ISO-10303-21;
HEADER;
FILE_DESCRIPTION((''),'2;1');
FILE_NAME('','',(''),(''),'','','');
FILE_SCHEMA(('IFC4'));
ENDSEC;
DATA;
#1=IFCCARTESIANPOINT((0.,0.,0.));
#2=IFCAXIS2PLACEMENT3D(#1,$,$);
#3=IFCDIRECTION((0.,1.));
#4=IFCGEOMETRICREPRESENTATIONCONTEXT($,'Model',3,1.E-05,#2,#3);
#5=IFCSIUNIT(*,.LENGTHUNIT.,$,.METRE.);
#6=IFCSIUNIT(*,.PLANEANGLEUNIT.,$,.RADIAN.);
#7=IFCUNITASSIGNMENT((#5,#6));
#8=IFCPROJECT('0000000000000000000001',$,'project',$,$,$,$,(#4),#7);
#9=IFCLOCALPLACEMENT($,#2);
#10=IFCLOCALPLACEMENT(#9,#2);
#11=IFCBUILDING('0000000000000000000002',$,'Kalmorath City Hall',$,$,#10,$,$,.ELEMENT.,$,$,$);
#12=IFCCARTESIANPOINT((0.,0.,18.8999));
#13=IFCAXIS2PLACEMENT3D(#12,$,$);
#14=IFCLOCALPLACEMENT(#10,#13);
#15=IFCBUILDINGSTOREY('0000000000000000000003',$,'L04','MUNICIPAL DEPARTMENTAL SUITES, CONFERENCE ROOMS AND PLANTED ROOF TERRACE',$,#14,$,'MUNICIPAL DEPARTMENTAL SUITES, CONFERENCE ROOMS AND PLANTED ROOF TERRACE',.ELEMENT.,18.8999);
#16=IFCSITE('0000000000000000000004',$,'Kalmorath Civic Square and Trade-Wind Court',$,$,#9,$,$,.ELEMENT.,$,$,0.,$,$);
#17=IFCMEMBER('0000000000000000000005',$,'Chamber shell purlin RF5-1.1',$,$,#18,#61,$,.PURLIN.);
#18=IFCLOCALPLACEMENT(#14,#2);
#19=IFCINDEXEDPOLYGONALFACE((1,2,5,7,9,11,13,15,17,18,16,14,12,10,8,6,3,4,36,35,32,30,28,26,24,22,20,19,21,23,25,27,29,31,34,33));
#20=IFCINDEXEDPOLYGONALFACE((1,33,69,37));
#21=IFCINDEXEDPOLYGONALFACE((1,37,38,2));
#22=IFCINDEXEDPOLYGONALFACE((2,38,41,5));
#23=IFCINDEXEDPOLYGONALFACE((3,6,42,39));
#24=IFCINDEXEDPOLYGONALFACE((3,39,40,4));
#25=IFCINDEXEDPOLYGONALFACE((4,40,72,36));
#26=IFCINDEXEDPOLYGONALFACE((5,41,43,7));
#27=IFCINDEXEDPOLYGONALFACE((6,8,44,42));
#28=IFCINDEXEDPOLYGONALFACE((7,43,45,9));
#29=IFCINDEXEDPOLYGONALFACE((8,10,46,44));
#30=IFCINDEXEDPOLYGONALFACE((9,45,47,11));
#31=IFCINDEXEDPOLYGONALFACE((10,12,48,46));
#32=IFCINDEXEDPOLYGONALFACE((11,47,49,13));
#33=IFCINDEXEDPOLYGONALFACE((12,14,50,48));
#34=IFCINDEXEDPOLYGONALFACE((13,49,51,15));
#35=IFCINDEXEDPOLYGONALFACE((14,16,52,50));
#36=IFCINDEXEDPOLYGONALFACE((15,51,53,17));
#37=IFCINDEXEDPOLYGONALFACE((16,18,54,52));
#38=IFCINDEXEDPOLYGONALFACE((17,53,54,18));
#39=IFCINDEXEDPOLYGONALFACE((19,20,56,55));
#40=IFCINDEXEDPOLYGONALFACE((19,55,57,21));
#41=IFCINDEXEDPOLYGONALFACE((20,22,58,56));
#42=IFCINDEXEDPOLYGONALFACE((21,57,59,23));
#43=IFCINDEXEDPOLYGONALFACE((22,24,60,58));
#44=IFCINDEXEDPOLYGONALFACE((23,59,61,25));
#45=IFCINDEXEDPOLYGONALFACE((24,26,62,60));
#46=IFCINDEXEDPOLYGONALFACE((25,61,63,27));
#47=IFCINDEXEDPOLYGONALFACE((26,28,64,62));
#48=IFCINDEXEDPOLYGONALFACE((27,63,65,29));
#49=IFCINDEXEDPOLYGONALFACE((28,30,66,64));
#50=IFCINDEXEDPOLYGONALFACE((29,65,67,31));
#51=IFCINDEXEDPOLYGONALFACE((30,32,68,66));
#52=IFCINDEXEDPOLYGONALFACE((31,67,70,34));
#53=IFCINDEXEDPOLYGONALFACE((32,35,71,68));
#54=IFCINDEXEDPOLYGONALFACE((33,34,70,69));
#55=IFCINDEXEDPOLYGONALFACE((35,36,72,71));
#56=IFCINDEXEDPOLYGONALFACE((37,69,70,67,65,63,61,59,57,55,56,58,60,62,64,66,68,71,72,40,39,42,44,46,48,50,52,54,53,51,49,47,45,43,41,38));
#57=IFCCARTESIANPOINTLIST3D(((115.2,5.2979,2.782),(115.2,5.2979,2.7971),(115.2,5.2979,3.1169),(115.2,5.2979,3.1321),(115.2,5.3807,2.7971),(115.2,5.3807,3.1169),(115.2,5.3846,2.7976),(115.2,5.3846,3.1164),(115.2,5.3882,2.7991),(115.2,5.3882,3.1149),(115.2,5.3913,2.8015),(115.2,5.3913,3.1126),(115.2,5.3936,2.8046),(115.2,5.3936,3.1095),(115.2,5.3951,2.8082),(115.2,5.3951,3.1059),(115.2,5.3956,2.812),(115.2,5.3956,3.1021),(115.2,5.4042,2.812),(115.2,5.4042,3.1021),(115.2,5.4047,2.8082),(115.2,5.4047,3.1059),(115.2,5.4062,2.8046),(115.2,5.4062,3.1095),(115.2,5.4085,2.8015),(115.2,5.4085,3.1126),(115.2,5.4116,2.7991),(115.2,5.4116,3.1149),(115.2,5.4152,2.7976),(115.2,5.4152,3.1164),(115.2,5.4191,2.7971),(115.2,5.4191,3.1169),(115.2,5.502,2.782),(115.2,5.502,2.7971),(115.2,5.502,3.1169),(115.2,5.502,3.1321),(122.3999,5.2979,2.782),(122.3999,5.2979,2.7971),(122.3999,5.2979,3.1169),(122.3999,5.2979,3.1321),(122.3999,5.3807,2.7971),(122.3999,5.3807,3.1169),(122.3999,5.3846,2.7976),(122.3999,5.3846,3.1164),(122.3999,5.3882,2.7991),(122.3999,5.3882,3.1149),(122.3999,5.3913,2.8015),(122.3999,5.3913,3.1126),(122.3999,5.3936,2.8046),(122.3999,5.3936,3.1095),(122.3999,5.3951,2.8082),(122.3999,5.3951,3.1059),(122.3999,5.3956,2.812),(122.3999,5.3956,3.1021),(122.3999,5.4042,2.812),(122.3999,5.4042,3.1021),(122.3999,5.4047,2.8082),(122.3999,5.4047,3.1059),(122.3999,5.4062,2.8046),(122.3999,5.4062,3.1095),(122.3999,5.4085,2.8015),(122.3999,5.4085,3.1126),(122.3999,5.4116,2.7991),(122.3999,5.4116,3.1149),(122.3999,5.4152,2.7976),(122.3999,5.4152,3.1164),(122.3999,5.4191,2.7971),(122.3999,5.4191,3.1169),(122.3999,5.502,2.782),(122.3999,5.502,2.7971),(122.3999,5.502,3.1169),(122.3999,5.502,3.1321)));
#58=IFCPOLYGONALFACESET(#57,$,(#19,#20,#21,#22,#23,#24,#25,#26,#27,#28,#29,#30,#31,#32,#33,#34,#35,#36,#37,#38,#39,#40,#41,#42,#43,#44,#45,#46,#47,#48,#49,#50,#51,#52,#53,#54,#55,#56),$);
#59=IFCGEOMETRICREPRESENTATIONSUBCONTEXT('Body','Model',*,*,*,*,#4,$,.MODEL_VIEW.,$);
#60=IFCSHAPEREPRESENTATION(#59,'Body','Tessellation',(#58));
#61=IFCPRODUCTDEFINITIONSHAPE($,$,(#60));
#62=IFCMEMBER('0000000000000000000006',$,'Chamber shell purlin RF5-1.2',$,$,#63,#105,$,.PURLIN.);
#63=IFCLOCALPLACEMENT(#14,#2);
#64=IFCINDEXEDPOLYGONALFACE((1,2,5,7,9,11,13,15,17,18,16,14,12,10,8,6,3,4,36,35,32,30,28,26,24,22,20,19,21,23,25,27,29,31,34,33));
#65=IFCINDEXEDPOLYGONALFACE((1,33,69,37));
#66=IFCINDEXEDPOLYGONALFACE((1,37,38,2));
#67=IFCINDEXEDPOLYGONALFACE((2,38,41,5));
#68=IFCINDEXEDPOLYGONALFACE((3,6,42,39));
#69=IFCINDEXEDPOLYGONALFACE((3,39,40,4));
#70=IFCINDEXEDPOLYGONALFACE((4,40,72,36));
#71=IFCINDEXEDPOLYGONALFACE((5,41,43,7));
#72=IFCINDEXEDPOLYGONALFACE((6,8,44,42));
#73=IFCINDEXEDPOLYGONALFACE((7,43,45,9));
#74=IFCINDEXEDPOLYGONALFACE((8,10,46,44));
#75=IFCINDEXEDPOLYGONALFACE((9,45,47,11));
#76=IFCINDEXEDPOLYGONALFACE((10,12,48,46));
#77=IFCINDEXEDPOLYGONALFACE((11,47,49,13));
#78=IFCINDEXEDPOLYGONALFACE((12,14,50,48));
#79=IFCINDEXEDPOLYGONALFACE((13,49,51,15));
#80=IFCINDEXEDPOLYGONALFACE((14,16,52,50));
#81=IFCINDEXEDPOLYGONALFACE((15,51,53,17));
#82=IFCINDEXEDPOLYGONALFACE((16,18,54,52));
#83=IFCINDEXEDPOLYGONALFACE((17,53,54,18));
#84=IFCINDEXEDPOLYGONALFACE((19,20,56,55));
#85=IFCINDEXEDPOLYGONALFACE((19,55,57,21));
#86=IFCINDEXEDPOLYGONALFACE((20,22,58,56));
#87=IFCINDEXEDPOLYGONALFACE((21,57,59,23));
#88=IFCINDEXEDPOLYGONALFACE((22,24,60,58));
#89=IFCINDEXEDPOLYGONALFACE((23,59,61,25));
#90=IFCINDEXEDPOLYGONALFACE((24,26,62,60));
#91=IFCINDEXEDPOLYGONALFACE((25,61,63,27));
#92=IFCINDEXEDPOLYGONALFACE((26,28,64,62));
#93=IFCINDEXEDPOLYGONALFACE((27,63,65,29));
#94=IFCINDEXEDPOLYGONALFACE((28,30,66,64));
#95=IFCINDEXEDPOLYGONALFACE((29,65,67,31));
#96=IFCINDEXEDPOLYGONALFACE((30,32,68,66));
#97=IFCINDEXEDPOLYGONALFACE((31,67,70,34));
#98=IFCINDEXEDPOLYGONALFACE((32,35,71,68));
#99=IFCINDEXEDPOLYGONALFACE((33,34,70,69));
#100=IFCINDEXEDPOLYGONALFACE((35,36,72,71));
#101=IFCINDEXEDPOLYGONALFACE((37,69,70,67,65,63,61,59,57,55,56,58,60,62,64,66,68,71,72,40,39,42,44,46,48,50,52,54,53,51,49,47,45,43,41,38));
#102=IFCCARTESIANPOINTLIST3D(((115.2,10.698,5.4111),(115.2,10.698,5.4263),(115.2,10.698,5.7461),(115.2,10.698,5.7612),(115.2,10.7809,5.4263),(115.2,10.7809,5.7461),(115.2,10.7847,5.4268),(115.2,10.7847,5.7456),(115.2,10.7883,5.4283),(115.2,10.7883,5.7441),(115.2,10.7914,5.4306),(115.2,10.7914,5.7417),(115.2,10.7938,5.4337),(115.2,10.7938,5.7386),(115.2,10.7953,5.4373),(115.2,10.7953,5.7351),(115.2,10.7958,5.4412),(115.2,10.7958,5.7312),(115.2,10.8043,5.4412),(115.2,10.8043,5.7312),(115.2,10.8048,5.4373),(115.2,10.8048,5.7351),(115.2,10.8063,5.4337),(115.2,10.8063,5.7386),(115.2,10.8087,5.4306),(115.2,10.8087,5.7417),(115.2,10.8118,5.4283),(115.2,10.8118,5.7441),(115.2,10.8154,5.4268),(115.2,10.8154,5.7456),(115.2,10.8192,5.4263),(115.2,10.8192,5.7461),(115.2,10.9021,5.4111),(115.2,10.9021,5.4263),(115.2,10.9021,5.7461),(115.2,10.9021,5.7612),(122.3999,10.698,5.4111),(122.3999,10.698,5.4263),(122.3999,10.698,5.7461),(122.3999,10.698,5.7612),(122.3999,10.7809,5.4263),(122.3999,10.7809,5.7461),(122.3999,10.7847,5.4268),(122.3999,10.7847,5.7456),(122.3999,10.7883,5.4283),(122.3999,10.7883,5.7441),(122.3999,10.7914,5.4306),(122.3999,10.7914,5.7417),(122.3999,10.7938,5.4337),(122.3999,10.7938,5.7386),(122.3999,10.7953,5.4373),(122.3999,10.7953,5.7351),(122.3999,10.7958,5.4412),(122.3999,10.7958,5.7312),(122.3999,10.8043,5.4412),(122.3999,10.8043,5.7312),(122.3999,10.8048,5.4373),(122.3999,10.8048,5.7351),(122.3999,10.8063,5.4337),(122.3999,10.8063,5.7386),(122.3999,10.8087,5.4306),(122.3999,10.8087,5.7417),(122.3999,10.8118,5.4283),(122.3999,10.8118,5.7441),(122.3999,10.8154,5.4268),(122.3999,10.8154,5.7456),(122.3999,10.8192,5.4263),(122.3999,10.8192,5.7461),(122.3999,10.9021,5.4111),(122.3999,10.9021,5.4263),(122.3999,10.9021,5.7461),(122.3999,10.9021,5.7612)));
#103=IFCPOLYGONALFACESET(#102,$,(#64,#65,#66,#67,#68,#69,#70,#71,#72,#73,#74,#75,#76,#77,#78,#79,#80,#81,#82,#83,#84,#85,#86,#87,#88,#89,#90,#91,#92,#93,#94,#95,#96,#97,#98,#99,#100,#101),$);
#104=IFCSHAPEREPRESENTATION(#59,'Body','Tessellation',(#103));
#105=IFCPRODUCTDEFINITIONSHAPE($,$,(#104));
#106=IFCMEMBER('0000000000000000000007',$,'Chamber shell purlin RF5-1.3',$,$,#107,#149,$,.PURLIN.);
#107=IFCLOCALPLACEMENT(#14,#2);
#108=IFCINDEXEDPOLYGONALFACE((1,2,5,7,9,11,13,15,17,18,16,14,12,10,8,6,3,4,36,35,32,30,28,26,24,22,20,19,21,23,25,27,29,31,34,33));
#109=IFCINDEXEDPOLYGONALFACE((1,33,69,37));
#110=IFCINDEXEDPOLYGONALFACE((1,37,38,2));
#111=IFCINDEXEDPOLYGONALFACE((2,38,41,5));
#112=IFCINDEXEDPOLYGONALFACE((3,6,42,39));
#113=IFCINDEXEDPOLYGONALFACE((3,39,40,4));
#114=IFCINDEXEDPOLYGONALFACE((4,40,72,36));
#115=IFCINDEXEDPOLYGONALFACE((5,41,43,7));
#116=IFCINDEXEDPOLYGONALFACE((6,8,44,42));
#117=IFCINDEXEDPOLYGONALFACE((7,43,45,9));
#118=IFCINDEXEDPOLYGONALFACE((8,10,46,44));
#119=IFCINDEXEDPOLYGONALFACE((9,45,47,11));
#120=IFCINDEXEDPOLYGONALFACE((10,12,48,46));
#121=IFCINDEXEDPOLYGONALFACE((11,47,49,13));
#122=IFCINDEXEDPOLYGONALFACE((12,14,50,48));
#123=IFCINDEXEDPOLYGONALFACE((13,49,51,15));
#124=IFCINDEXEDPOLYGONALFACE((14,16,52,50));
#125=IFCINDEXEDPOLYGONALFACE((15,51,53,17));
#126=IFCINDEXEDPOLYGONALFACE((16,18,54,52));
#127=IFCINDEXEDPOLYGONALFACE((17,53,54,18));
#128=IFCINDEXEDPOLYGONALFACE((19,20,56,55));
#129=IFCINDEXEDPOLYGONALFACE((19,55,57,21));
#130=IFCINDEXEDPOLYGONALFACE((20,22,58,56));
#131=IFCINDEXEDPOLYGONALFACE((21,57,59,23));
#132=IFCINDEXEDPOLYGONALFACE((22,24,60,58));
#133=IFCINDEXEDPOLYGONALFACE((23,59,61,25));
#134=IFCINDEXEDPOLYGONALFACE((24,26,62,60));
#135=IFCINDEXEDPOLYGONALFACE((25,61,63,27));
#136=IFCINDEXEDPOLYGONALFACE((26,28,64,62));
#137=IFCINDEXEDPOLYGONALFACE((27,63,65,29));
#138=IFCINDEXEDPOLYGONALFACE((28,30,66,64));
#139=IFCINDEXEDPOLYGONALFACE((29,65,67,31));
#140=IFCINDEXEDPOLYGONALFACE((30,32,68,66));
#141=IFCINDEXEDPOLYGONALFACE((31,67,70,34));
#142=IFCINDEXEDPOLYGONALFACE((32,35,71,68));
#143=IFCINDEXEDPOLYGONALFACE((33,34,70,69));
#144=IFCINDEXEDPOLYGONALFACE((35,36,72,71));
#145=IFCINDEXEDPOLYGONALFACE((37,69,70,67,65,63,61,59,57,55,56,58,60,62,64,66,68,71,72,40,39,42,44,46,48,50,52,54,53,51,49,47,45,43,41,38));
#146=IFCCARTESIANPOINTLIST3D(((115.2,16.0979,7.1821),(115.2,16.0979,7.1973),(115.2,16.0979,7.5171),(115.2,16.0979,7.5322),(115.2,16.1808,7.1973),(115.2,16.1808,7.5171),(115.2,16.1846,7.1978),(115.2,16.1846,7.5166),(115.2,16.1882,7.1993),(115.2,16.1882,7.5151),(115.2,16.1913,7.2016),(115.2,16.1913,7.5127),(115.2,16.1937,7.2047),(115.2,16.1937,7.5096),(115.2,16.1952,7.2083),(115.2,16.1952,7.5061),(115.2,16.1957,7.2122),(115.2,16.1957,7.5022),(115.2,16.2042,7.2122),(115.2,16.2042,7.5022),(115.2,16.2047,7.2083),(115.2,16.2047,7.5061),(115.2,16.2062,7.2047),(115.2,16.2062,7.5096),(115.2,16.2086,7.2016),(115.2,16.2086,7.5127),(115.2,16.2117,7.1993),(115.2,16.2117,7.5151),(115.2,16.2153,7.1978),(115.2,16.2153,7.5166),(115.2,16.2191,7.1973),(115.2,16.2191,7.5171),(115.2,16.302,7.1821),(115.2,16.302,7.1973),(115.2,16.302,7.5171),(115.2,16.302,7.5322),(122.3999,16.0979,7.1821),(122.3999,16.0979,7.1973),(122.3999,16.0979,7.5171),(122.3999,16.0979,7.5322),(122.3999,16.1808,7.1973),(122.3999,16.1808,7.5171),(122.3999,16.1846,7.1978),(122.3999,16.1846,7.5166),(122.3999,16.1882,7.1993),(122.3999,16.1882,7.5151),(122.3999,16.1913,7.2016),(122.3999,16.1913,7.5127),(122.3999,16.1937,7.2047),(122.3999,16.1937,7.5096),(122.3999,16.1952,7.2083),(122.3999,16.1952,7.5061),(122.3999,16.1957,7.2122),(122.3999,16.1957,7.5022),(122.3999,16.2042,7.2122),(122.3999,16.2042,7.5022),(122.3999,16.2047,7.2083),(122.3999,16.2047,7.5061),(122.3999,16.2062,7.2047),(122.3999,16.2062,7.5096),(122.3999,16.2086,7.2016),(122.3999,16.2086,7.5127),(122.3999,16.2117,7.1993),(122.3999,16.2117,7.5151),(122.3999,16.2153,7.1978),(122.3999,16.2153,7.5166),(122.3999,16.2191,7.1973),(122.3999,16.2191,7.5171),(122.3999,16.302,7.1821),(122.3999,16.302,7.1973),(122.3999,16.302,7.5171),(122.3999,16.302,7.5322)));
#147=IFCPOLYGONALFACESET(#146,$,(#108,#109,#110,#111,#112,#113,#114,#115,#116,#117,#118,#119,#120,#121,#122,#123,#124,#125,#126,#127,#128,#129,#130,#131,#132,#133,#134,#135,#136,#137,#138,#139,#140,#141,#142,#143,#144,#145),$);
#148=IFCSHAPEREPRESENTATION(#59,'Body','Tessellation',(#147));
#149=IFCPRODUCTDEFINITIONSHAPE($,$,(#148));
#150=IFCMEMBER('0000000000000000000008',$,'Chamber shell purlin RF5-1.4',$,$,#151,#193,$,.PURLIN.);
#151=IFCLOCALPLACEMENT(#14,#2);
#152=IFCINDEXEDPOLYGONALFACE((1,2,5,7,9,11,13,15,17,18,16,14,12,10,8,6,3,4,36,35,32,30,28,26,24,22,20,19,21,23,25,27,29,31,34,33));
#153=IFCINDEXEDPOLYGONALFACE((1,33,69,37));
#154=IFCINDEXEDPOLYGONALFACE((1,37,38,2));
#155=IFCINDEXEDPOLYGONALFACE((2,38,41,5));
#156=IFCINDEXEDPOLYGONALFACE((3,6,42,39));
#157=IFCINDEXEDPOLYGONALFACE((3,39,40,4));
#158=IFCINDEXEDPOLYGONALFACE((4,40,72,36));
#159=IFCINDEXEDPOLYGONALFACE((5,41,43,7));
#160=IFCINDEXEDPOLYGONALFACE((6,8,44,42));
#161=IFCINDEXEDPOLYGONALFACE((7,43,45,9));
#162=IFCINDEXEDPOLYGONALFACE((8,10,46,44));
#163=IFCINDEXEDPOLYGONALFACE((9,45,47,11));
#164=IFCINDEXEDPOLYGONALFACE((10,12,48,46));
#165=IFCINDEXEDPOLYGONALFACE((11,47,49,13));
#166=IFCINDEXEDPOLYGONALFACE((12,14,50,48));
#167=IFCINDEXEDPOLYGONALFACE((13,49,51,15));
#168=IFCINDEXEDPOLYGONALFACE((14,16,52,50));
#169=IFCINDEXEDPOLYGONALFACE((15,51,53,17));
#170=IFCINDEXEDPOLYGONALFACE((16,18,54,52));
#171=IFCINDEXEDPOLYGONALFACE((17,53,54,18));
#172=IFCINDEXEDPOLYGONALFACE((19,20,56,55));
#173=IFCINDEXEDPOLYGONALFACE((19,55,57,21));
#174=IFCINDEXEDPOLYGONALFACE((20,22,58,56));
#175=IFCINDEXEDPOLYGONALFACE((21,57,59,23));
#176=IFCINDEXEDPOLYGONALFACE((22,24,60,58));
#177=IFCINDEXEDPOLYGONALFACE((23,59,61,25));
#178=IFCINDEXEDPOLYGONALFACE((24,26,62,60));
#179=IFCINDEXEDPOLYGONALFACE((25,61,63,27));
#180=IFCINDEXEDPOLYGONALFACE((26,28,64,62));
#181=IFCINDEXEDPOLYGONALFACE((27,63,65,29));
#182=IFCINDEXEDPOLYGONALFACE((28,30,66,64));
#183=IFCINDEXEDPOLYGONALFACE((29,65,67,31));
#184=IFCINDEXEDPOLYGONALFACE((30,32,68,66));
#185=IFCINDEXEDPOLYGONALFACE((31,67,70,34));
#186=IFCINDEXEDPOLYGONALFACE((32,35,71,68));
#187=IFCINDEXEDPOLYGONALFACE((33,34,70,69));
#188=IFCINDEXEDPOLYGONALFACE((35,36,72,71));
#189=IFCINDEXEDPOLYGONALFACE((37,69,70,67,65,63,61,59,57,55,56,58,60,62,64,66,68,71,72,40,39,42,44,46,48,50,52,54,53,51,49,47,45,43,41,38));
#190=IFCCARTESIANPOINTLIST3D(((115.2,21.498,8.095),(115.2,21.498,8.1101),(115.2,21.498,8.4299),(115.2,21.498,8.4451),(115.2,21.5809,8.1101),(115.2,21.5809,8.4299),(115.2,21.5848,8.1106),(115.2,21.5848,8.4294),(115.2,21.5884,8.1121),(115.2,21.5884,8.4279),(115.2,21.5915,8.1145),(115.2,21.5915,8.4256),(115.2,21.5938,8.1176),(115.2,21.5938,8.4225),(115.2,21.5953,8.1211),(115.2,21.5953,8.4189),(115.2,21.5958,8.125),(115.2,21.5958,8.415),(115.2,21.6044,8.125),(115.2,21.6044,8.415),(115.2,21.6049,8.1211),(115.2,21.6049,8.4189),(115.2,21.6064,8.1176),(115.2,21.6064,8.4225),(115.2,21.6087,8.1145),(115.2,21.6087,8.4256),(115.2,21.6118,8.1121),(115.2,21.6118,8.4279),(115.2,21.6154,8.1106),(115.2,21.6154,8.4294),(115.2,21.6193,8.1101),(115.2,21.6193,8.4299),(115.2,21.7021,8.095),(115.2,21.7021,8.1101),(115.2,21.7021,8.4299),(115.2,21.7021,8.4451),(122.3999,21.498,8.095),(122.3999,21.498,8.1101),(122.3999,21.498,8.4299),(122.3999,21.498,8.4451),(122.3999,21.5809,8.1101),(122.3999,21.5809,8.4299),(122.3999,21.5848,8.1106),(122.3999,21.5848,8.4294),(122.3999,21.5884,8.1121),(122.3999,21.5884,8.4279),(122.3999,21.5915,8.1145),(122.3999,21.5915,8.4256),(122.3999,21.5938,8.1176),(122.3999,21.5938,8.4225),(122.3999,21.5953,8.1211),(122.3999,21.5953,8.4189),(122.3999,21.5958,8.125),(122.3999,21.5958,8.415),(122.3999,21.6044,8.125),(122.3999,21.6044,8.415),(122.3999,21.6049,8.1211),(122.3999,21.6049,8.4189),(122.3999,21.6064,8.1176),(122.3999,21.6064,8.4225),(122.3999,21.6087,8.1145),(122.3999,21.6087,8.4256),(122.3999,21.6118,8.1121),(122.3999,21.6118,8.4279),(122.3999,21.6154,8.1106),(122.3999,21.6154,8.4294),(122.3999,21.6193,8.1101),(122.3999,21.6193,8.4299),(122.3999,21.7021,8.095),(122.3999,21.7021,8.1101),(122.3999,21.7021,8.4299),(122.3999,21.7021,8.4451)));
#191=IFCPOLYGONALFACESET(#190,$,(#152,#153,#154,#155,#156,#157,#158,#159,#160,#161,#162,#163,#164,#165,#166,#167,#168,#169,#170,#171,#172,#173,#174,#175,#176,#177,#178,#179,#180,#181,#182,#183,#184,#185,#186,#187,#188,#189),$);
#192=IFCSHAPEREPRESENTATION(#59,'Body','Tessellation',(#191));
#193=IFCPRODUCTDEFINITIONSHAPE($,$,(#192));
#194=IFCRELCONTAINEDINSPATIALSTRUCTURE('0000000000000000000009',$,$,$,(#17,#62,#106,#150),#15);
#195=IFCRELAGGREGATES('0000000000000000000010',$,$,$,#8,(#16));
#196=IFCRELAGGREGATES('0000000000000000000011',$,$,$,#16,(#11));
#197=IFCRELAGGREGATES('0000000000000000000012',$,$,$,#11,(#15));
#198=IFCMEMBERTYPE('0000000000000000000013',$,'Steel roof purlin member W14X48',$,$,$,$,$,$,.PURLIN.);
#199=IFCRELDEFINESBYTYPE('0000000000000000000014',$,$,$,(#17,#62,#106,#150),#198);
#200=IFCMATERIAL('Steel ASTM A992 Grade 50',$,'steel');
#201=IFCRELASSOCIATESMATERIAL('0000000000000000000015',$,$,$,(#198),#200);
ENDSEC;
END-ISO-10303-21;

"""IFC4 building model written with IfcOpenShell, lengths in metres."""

from ifc_helpers import new_model, si_unit, direction, frame, origin, origin_2d, place, context, subcontext, project, spatial, i_section, extrude, material, material_profile, profile_set, type_object, element, save


model = new_model("IFC4")

# Units and contexts
model_context = context("Model", 3, precision=1e-05, world=origin(), true_north=direction((0.0, 1.0)))
body_context = subcontext(model_context, "Body", "Model", "MODEL_VIEW")
ifc_project = project(units=[si_unit("LENGTHUNIT", "METRE"), si_unit("PLANEANGLEUNIT", "RADIAN")], contexts=[model_context])

# Site, building, storey
site_placement = place(None, origin())
site = spatial("IfcSite", under=ifc_project, at=site_placement, Name="Kalmorath Civic Square and Trade-Wind Court", CompositionType="ELEMENT", RefElevation=0.0)
building_placement = place(site_placement, origin())
building = spatial("IfcBuilding", under=site, at=building_placement, Name="Kalmorath City Hall", CompositionType="ELEMENT")
storey_placement = place(building_placement, frame((0.0, 0.0, 18.8999)))
storey = spatial("IfcBuildingStorey", under=building, at=storey_placement, Name="L04", Description="MUNICIPAL DEPARTMENTAL SUITES, CONFERENCE ROOMS AND PLANTED ROOF TERRACE", LongName="MUNICIPAL DEPARTMENTAL SUITES, CONFERENCE ROOMS AND PLANTED ROOF TERRACE", CompositionType="ELEMENT", Elevation=18.8999)

# Members
ifc_material_1 = material(Name="Steel ASTM A992 Grade 50", Category="steel")
ifc_material_profile_1 = material_profile(ifc_material_1, i_section(OverallWidth=0.2041, OverallDepth=0.3501, WebThickness=0.0085, FlangeThickness=0.0151, FilletRadius=0.0149, at=origin_2d()), Name="W14X48")
ifc_profile_set_1 = profile_set([ifc_material_profile_1], Name="Steel ASTM A992 Grade 50")
member_type_1 = type_object("IfcMemberType", Name="Steel roof purlin member W14X48", PredefinedType="PURLIN", material=ifc_profile_set_1)
for number, where, z_axis, x_axis, name in (
    (1, (115.2, 5.3999, 2.957), (1.0, 0.0, 0.0), (0.0, 1.0, 0.0), "Chamber shell purlin RF5-1.1"),
    (2, (115.2, 10.8, 5.5862), (1.0, 0.0, 0.0), (0.0, 1.0, 0.0), "Chamber shell purlin RF5-1.2"),
    (3, (115.2, 16.2, 7.3572), (1.0, 0.0, 0.0), (0.0, 1.0, 0.0), "Chamber shell purlin RF5-1.3"),
    (4, (115.2, 21.6001, 8.27), (1.0, 0.0, 0.0), (0.0, 1.0, 0.0), "Chamber shell purlin RF5-1.4"),
):
    element("IfcMember", number, at=place(storey_placement, frame(where, z_axis=z_axis, x_axis=x_axis)), inside=storey, type_object=member_type_1, Name=name, PredefinedType="PURLIN", context=body_context, shape_type="SweptSolid", body=[
        extrude(i_section(OverallWidth=0.2041, OverallDepth=0.3501, WebThickness=0.0085, FlangeThickness=0.0151, FilletRadius=0.0149, at=origin_2d()), origin(), (0.0, 0.0, 1.0), 7.2),
    ])

save(model, "model.ifc")
